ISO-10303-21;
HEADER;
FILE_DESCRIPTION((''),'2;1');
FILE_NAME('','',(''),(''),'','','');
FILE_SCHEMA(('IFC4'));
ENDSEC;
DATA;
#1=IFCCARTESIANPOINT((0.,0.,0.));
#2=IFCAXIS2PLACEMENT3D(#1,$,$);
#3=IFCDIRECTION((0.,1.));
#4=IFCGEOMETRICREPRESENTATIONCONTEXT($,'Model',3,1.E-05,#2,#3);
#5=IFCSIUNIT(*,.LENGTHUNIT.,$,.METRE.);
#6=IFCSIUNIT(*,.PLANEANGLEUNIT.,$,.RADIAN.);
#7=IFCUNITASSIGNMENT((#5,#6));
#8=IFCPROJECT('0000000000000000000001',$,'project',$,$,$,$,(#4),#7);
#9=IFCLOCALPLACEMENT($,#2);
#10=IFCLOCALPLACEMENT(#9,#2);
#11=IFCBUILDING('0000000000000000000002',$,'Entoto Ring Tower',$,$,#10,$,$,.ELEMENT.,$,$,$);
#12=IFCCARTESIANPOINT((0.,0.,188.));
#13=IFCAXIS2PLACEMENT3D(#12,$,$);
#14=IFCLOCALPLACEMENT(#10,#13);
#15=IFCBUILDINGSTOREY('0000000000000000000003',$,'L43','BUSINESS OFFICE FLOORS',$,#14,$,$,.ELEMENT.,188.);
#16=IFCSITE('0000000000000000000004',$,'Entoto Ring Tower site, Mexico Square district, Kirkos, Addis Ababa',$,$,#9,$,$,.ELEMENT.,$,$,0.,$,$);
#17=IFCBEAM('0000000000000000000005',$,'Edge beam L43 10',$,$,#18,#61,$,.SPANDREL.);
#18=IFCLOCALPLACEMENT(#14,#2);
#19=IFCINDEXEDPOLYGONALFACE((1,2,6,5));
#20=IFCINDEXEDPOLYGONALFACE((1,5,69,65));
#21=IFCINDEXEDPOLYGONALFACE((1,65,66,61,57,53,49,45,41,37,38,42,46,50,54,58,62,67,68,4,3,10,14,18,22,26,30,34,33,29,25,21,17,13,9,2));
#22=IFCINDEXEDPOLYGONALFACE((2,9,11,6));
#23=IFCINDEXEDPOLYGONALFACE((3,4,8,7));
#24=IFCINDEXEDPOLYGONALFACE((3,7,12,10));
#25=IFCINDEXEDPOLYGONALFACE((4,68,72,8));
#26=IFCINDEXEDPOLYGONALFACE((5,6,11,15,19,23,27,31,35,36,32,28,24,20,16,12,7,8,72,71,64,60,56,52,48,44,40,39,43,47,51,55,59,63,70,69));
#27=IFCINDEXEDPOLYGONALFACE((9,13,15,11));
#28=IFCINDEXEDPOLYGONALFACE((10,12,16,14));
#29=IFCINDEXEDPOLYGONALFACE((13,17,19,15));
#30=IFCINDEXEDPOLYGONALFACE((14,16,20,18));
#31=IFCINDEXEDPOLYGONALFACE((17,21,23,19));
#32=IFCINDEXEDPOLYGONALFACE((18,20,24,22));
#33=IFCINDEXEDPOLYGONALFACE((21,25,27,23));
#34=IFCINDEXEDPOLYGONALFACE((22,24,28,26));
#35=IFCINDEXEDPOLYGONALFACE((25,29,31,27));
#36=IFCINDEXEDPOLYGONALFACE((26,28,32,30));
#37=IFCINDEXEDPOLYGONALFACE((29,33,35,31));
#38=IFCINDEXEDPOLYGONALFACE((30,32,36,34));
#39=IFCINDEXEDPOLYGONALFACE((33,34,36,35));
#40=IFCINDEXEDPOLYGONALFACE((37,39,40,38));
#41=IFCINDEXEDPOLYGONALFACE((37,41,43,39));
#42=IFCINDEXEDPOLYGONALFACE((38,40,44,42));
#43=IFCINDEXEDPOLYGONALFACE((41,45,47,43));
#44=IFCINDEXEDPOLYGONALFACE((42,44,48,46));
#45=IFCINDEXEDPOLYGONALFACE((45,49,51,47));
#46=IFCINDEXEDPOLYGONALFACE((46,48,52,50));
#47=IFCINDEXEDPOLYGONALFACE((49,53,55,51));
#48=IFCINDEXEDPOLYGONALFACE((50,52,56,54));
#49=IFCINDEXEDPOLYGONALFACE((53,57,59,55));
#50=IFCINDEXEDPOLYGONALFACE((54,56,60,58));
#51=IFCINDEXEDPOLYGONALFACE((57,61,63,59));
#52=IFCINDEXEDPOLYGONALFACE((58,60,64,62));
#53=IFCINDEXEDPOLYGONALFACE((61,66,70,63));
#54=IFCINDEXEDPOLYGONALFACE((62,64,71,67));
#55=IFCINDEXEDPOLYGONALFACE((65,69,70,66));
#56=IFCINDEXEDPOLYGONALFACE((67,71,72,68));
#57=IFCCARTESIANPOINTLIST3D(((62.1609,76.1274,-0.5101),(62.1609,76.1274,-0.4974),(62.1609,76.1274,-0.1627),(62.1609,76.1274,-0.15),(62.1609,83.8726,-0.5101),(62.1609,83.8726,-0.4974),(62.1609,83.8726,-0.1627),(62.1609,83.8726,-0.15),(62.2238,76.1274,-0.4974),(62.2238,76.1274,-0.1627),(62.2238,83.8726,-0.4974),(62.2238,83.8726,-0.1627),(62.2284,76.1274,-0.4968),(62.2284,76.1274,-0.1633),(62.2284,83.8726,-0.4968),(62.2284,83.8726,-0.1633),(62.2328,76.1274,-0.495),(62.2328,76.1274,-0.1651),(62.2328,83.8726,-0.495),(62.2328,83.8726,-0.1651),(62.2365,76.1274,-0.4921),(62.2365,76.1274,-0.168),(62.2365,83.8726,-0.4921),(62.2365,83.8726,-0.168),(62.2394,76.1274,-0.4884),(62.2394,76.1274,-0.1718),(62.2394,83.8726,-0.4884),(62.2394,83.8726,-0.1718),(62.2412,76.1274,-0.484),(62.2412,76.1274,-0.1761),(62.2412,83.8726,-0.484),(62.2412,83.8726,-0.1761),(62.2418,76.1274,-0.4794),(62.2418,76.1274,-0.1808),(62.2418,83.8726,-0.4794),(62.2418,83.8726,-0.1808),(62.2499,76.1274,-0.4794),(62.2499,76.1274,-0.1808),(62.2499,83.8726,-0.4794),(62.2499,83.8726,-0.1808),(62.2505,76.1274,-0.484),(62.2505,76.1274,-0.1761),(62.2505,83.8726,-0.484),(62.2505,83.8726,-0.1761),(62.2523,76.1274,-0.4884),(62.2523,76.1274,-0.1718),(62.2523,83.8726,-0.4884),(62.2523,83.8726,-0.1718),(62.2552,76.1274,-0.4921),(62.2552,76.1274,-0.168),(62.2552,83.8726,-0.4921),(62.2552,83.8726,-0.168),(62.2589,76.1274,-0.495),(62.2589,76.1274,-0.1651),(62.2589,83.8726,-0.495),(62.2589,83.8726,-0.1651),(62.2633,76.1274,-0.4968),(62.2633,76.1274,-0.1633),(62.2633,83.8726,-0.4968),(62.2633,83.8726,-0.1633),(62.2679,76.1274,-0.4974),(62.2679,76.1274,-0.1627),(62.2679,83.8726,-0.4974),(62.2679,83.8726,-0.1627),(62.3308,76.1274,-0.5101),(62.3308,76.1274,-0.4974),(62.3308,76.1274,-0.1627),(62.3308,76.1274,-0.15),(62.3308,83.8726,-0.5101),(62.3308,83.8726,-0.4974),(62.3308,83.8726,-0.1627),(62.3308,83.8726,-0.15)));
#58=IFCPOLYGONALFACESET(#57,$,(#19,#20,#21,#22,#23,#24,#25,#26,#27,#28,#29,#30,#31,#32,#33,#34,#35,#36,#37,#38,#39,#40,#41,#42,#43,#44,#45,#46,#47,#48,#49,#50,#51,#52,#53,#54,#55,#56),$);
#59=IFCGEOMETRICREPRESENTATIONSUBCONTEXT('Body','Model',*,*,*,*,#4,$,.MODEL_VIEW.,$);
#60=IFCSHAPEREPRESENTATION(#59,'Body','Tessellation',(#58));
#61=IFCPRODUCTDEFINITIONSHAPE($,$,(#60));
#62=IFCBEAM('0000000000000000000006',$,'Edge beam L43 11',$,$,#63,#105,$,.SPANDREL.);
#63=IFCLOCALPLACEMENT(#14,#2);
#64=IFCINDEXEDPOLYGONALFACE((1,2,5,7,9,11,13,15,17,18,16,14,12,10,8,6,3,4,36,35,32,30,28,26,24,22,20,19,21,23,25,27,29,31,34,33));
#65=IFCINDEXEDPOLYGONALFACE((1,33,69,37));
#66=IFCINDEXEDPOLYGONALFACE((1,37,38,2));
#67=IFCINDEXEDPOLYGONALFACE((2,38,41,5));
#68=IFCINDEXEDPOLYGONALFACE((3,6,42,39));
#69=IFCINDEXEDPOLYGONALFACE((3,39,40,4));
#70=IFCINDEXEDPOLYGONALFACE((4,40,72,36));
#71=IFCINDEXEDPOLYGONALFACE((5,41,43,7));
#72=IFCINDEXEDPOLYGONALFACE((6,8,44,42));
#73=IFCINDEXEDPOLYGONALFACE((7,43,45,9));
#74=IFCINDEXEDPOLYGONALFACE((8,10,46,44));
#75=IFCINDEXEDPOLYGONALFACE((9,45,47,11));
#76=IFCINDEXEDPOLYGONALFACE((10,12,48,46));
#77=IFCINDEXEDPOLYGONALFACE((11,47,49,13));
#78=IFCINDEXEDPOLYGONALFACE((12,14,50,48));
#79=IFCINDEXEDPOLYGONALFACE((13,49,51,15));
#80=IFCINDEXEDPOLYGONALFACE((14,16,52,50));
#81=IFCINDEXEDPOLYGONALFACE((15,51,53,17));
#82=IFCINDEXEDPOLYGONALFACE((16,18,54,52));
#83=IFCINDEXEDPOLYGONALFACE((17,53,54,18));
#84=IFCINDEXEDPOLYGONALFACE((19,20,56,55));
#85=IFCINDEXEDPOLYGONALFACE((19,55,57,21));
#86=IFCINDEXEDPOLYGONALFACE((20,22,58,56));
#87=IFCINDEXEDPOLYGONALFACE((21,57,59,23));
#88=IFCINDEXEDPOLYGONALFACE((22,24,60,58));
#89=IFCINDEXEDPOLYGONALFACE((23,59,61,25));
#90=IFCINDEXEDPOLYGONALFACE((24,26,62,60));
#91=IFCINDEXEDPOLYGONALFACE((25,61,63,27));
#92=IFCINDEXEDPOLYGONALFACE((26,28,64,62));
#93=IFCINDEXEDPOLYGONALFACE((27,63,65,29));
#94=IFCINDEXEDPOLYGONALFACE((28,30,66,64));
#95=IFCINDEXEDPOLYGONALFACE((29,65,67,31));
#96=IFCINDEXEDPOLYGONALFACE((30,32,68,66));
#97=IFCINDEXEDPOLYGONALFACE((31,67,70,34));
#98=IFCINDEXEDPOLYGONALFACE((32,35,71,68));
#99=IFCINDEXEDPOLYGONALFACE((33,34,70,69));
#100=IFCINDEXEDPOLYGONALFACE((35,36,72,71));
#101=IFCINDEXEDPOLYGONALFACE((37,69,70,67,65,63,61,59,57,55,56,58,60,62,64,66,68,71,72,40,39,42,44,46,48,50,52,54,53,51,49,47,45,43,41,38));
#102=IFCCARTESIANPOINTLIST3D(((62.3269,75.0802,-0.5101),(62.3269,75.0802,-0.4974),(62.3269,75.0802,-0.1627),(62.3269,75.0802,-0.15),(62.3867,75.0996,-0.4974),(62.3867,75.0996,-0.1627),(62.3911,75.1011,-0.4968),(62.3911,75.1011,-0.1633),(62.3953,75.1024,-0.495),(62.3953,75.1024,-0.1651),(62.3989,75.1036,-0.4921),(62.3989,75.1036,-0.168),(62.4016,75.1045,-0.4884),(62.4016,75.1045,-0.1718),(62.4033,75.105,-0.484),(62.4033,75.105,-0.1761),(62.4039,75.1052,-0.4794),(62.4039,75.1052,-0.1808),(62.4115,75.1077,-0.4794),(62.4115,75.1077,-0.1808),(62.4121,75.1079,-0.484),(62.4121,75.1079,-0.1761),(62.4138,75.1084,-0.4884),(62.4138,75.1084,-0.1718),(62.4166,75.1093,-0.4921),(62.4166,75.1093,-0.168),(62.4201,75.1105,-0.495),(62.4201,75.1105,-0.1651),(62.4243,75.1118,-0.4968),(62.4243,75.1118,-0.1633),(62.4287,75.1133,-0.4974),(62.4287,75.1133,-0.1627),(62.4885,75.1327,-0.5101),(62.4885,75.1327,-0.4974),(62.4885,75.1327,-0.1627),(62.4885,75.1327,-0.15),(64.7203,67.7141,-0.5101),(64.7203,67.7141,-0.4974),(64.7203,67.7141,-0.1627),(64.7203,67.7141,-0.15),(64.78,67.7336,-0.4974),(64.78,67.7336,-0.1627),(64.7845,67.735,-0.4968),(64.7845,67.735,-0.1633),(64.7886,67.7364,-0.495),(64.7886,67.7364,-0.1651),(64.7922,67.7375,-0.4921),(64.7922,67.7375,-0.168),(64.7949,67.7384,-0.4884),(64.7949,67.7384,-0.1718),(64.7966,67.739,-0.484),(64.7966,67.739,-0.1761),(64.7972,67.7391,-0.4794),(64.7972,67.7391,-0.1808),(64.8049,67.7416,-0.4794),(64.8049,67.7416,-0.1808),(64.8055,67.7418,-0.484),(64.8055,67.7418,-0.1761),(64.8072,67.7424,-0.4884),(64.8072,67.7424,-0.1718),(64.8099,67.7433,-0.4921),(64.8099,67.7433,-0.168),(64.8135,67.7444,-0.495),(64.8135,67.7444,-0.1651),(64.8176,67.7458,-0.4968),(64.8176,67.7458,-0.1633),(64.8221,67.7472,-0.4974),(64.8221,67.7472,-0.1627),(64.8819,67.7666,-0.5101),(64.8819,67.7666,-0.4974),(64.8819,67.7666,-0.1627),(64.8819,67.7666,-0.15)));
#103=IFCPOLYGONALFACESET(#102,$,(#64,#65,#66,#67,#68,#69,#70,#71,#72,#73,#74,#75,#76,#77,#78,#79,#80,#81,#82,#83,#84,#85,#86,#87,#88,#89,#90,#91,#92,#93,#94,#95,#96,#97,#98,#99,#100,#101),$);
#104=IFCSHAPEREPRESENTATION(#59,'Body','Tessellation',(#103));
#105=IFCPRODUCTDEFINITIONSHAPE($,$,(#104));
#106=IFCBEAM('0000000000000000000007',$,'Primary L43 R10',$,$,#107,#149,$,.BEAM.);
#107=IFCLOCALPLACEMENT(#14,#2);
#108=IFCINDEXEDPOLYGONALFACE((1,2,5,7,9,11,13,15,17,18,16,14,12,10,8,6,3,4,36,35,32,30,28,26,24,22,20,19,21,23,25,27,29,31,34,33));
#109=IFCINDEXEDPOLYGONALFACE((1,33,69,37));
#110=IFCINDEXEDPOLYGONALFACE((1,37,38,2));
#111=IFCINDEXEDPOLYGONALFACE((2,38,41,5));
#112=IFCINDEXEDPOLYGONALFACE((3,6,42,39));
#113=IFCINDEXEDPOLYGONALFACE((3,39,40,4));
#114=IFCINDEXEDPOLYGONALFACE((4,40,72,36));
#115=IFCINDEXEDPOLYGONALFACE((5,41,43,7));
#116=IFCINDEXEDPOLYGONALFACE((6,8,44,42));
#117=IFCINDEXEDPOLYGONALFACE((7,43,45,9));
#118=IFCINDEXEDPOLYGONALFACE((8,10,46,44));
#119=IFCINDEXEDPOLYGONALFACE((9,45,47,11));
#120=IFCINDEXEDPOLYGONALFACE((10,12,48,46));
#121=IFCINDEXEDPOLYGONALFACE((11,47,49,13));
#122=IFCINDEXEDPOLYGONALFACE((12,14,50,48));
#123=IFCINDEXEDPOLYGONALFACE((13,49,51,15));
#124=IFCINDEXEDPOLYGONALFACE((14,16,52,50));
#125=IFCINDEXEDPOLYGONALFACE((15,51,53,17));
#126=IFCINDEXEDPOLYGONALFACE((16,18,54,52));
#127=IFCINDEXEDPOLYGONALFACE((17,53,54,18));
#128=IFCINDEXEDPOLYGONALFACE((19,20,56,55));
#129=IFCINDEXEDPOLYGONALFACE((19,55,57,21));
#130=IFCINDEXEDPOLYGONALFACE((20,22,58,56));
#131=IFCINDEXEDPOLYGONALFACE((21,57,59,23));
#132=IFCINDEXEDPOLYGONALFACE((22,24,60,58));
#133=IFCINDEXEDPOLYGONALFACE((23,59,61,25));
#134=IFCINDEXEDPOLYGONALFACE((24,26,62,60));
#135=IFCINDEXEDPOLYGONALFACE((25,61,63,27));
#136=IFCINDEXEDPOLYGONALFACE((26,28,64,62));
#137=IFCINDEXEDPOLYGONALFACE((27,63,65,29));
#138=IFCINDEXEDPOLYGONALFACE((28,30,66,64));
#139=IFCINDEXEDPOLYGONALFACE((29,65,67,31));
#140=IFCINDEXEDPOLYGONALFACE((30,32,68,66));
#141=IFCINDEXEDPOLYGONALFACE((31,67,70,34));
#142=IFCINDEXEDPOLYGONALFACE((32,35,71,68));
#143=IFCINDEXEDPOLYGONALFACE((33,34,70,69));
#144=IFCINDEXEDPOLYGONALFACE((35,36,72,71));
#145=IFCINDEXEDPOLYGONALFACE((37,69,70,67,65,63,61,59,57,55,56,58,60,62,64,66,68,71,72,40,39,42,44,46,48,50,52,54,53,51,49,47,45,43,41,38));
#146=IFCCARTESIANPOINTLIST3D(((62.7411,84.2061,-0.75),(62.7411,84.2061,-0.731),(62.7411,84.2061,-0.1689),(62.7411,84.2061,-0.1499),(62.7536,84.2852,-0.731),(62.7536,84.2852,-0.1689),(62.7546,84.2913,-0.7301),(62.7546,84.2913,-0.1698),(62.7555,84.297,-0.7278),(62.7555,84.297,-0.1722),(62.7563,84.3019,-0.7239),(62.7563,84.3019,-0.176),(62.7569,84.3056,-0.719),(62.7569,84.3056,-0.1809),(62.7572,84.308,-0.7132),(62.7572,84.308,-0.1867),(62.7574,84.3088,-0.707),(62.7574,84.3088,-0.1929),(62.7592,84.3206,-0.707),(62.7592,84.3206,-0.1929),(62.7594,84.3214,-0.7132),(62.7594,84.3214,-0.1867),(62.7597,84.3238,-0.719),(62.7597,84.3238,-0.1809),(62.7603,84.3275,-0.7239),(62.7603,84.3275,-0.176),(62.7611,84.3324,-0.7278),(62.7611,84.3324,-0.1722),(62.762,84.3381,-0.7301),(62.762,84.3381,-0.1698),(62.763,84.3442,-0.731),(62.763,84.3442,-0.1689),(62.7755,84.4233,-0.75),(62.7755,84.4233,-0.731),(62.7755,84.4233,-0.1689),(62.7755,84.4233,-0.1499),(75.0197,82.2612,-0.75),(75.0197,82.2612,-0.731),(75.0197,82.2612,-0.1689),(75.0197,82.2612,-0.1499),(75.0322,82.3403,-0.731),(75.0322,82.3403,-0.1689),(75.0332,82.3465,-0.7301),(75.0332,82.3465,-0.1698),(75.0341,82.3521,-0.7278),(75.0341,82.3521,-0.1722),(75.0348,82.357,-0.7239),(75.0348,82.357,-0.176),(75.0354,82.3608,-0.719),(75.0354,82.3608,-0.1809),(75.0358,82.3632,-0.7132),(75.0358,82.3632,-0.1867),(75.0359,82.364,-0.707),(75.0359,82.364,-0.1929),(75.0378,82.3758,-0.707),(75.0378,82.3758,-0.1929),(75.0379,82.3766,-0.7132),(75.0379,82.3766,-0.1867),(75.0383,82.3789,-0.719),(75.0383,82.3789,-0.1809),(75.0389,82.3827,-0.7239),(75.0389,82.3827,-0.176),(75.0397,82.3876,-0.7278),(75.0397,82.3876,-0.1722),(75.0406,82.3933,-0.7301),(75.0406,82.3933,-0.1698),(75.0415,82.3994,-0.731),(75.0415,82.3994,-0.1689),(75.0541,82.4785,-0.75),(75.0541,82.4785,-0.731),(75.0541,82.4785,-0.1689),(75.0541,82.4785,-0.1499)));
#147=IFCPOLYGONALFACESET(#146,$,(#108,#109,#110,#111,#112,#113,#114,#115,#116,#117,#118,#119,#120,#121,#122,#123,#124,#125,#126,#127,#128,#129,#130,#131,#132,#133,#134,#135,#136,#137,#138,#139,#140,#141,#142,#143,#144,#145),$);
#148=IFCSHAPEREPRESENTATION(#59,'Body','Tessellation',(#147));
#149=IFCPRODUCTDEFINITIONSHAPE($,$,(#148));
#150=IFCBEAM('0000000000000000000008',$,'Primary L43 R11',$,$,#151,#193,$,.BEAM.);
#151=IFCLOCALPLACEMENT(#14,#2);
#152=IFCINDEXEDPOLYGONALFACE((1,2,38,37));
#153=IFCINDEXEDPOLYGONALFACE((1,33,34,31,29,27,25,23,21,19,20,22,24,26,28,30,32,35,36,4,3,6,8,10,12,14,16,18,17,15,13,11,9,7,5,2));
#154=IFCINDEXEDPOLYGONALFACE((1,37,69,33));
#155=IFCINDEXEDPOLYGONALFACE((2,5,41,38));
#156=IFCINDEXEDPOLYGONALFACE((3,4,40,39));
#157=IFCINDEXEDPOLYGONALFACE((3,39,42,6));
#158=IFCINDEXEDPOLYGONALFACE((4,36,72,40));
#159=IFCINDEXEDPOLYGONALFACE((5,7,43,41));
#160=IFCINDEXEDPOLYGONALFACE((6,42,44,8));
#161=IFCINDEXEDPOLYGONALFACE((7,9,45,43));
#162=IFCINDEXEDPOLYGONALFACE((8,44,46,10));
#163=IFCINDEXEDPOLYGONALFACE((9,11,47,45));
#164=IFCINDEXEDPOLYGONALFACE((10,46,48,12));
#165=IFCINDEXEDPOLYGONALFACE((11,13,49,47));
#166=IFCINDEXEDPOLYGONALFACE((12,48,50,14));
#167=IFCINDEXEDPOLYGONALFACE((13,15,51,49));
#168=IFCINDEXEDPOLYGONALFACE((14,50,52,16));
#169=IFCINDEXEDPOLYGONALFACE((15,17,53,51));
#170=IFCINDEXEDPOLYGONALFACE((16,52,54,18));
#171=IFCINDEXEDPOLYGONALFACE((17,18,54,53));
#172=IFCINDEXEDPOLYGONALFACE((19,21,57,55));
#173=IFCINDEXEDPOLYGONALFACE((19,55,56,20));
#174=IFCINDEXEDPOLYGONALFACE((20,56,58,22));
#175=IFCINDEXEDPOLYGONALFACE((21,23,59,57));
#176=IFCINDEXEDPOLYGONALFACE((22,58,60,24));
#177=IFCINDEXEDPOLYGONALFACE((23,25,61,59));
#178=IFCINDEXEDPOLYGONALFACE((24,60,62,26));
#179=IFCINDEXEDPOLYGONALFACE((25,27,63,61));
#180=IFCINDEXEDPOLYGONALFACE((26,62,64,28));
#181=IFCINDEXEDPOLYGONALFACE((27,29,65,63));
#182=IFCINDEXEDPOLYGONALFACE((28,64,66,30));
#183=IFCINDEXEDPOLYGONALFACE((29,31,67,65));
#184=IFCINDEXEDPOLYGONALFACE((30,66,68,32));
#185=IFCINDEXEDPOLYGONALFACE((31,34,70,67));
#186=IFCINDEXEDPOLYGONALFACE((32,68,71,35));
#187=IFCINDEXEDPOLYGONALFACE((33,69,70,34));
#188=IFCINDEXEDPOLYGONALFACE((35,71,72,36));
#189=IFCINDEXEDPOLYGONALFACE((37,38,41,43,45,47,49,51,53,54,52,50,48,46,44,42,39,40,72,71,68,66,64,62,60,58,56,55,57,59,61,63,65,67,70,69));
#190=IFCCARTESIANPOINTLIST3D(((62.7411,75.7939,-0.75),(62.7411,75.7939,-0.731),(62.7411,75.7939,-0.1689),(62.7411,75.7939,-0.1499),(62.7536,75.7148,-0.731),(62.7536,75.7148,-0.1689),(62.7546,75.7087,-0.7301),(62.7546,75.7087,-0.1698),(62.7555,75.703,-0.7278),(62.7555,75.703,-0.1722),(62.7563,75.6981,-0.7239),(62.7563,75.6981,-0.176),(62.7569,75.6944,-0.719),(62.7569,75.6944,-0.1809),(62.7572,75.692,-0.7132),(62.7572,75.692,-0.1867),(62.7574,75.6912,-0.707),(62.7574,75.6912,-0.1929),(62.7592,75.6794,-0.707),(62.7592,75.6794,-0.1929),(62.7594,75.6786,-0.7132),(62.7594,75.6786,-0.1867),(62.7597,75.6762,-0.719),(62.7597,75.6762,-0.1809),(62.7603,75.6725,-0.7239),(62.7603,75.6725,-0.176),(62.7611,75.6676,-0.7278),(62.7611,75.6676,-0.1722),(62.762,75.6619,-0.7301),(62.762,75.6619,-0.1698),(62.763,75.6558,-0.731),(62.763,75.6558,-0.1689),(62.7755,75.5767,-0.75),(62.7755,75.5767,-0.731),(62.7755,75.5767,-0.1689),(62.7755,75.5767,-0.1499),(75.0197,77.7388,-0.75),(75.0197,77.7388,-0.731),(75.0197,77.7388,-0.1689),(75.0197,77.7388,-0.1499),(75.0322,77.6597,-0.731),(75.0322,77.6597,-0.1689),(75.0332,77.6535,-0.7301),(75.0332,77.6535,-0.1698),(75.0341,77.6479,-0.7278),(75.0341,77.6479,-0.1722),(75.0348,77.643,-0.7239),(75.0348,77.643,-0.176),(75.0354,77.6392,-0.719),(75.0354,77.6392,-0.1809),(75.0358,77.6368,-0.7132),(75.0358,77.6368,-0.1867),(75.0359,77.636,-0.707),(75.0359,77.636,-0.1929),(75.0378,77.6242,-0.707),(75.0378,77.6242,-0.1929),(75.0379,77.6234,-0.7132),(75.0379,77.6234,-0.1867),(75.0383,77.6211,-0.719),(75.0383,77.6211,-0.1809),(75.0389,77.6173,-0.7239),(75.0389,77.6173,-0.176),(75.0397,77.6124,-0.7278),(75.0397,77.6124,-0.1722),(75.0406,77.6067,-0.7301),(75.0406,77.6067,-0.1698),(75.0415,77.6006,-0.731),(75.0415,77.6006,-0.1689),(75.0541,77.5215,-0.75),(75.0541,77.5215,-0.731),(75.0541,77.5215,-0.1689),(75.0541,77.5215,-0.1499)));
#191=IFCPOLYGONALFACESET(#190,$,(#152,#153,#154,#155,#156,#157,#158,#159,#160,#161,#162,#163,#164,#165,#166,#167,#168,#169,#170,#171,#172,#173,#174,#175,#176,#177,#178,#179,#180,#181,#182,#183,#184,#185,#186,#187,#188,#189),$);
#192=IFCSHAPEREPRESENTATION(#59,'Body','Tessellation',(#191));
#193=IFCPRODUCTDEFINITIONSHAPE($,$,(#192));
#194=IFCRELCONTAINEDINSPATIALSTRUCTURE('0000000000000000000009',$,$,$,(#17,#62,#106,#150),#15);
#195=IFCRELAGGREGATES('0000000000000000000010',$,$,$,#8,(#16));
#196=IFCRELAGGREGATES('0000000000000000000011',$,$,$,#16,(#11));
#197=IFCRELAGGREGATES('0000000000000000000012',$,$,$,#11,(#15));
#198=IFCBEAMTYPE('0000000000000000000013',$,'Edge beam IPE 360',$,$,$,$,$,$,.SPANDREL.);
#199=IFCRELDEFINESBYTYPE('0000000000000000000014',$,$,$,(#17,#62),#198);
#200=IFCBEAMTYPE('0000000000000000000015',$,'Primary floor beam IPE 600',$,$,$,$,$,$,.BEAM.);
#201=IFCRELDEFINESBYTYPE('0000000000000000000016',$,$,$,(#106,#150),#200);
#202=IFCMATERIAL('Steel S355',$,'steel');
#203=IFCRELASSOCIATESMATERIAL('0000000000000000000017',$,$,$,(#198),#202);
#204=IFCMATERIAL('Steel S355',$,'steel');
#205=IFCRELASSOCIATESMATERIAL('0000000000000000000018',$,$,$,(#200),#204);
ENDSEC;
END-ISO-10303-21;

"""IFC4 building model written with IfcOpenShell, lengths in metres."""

from ifc_helpers import new_model, si_unit, direction, frame, origin, origin_2d, place, context, subcontext, project, spatial, i_section, extrude, material, material_profile, profile_set, type_object, element, save


model = new_model("IFC4")

# Units and contexts
model_context = context("Model", 3, precision=1e-05, world=origin(), true_north=direction((0.0, 1.0)))
body_context = subcontext(model_context, "Body", "Model", "MODEL_VIEW")
ifc_project = project(units=[si_unit("LENGTHUNIT", "METRE"), si_unit("PLANEANGLEUNIT", "RADIAN")], contexts=[model_context])

# Site, building, storey
site_placement = place(None, origin())
site = spatial("IfcSite", under=ifc_project, at=site_placement, Name="Entoto Ring Tower site, Mexico Square district, Kirkos, Addis Ababa", CompositionType="ELEMENT", RefElevation=0.0)
building_placement = place(site_placement, origin())
building = spatial("IfcBuilding", under=site, at=building_placement, Name="Entoto Ring Tower", CompositionType="ELEMENT")
storey_placement = place(building_placement, frame((0.0, 0.0, 188.0)))
storey = spatial("IfcBuildingStorey", under=building, at=storey_placement, Name="L43", Description="BUSINESS OFFICE FLOORS", CompositionType="ELEMENT", Elevation=188.0)

# Beams
ifc_material_1 = material(Name="Steel S355", Category="steel")
ifc_material_profile_1 = material_profile(ifc_material_1, i_section(OverallWidth=0.1699, OverallDepth=0.3601, WebThickness=0.0081, FlangeThickness=0.0127, FilletRadius=0.0181, at=origin_2d()), Name="IPE 360")
ifc_profile_set_1 = profile_set([ifc_material_profile_1], Name="Steel S355")
beam_type_1 = type_object("IfcBeamType", Name="Edge beam IPE 360", PredefinedType="SPANDREL", material=ifc_profile_set_1)
for number, where, z_axis, x_axis, name in (
    (1, (62.2458, 83.8726, -0.3301), (0.0, -1.0, 0.0), (1.0, 0.0, 0.0), "Edge beam L43 10"),
    (2, (62.4077, 75.1064, -0.3301), (0.309013, -0.951058, 0.0), (0.951058, 0.309013, 0.0), "Edge beam L43 11"),
):
    element("IfcBeam", number, at=place(storey_placement, frame(where, z_axis=z_axis, x_axis=x_axis)), inside=storey, type_object=beam_type_1, Name=name, PredefinedType="SPANDREL", context=body_context, shape_type="SweptSolid", body=[
        extrude(i_section(OverallWidth=0.1699, OverallDepth=0.3601, WebThickness=0.0081, FlangeThickness=0.0127, FilletRadius=0.0181, at=origin_2d()), origin(), (0.0, 0.0, 1.0), 7.7451),
    ])
ifc_material_2 = material(Name="Steel S355", Category="steel")
ifc_material_profile_2 = material_profile(ifc_material_2, i_section(OverallWidth=0.22, OverallDepth=0.6001, WebThickness=0.012, FlangeThickness=0.019, FilletRadius=0.0239, at=origin_2d()), Name="IPE 600")
ifc_profile_set_2 = profile_set([ifc_material_profile_2], Name="Steel S355")
beam_type_2 = type_object("IfcBeamType", Name="Primary floor beam IPE 600", PredefinedType="BEAM", material=ifc_profile_set_2)
for number, where, z_axis, x_axis, name in (
    (3, (75.0369, 82.3699, -0.45), (-0.987687, 0.156442, 0.0), (-0.156442, -0.987687, 0.0), "Primary L43 R10"),
    (4, (75.0369, 77.6301, -0.45), (-0.987687, -0.156442, 0.0), (0.156442, -0.987687, 0.0), "Primary L43 R11"),
):
    element("IfcBeam", number, at=place(storey_placement, frame(where, z_axis=z_axis, x_axis=x_axis)), inside=storey, type_object=beam_type_2, Name=name, PredefinedType="BEAM", context=body_context, shape_type="SweptSolid", body=[
        extrude(i_section(OverallWidth=0.22, OverallDepth=0.6001, WebThickness=0.012, FlangeThickness=0.019, FilletRadius=0.0239, at=origin_2d()), origin(), (0.0, 0.0, 1.0), 12.4316),
    ])

save(model, "model.ifc")
